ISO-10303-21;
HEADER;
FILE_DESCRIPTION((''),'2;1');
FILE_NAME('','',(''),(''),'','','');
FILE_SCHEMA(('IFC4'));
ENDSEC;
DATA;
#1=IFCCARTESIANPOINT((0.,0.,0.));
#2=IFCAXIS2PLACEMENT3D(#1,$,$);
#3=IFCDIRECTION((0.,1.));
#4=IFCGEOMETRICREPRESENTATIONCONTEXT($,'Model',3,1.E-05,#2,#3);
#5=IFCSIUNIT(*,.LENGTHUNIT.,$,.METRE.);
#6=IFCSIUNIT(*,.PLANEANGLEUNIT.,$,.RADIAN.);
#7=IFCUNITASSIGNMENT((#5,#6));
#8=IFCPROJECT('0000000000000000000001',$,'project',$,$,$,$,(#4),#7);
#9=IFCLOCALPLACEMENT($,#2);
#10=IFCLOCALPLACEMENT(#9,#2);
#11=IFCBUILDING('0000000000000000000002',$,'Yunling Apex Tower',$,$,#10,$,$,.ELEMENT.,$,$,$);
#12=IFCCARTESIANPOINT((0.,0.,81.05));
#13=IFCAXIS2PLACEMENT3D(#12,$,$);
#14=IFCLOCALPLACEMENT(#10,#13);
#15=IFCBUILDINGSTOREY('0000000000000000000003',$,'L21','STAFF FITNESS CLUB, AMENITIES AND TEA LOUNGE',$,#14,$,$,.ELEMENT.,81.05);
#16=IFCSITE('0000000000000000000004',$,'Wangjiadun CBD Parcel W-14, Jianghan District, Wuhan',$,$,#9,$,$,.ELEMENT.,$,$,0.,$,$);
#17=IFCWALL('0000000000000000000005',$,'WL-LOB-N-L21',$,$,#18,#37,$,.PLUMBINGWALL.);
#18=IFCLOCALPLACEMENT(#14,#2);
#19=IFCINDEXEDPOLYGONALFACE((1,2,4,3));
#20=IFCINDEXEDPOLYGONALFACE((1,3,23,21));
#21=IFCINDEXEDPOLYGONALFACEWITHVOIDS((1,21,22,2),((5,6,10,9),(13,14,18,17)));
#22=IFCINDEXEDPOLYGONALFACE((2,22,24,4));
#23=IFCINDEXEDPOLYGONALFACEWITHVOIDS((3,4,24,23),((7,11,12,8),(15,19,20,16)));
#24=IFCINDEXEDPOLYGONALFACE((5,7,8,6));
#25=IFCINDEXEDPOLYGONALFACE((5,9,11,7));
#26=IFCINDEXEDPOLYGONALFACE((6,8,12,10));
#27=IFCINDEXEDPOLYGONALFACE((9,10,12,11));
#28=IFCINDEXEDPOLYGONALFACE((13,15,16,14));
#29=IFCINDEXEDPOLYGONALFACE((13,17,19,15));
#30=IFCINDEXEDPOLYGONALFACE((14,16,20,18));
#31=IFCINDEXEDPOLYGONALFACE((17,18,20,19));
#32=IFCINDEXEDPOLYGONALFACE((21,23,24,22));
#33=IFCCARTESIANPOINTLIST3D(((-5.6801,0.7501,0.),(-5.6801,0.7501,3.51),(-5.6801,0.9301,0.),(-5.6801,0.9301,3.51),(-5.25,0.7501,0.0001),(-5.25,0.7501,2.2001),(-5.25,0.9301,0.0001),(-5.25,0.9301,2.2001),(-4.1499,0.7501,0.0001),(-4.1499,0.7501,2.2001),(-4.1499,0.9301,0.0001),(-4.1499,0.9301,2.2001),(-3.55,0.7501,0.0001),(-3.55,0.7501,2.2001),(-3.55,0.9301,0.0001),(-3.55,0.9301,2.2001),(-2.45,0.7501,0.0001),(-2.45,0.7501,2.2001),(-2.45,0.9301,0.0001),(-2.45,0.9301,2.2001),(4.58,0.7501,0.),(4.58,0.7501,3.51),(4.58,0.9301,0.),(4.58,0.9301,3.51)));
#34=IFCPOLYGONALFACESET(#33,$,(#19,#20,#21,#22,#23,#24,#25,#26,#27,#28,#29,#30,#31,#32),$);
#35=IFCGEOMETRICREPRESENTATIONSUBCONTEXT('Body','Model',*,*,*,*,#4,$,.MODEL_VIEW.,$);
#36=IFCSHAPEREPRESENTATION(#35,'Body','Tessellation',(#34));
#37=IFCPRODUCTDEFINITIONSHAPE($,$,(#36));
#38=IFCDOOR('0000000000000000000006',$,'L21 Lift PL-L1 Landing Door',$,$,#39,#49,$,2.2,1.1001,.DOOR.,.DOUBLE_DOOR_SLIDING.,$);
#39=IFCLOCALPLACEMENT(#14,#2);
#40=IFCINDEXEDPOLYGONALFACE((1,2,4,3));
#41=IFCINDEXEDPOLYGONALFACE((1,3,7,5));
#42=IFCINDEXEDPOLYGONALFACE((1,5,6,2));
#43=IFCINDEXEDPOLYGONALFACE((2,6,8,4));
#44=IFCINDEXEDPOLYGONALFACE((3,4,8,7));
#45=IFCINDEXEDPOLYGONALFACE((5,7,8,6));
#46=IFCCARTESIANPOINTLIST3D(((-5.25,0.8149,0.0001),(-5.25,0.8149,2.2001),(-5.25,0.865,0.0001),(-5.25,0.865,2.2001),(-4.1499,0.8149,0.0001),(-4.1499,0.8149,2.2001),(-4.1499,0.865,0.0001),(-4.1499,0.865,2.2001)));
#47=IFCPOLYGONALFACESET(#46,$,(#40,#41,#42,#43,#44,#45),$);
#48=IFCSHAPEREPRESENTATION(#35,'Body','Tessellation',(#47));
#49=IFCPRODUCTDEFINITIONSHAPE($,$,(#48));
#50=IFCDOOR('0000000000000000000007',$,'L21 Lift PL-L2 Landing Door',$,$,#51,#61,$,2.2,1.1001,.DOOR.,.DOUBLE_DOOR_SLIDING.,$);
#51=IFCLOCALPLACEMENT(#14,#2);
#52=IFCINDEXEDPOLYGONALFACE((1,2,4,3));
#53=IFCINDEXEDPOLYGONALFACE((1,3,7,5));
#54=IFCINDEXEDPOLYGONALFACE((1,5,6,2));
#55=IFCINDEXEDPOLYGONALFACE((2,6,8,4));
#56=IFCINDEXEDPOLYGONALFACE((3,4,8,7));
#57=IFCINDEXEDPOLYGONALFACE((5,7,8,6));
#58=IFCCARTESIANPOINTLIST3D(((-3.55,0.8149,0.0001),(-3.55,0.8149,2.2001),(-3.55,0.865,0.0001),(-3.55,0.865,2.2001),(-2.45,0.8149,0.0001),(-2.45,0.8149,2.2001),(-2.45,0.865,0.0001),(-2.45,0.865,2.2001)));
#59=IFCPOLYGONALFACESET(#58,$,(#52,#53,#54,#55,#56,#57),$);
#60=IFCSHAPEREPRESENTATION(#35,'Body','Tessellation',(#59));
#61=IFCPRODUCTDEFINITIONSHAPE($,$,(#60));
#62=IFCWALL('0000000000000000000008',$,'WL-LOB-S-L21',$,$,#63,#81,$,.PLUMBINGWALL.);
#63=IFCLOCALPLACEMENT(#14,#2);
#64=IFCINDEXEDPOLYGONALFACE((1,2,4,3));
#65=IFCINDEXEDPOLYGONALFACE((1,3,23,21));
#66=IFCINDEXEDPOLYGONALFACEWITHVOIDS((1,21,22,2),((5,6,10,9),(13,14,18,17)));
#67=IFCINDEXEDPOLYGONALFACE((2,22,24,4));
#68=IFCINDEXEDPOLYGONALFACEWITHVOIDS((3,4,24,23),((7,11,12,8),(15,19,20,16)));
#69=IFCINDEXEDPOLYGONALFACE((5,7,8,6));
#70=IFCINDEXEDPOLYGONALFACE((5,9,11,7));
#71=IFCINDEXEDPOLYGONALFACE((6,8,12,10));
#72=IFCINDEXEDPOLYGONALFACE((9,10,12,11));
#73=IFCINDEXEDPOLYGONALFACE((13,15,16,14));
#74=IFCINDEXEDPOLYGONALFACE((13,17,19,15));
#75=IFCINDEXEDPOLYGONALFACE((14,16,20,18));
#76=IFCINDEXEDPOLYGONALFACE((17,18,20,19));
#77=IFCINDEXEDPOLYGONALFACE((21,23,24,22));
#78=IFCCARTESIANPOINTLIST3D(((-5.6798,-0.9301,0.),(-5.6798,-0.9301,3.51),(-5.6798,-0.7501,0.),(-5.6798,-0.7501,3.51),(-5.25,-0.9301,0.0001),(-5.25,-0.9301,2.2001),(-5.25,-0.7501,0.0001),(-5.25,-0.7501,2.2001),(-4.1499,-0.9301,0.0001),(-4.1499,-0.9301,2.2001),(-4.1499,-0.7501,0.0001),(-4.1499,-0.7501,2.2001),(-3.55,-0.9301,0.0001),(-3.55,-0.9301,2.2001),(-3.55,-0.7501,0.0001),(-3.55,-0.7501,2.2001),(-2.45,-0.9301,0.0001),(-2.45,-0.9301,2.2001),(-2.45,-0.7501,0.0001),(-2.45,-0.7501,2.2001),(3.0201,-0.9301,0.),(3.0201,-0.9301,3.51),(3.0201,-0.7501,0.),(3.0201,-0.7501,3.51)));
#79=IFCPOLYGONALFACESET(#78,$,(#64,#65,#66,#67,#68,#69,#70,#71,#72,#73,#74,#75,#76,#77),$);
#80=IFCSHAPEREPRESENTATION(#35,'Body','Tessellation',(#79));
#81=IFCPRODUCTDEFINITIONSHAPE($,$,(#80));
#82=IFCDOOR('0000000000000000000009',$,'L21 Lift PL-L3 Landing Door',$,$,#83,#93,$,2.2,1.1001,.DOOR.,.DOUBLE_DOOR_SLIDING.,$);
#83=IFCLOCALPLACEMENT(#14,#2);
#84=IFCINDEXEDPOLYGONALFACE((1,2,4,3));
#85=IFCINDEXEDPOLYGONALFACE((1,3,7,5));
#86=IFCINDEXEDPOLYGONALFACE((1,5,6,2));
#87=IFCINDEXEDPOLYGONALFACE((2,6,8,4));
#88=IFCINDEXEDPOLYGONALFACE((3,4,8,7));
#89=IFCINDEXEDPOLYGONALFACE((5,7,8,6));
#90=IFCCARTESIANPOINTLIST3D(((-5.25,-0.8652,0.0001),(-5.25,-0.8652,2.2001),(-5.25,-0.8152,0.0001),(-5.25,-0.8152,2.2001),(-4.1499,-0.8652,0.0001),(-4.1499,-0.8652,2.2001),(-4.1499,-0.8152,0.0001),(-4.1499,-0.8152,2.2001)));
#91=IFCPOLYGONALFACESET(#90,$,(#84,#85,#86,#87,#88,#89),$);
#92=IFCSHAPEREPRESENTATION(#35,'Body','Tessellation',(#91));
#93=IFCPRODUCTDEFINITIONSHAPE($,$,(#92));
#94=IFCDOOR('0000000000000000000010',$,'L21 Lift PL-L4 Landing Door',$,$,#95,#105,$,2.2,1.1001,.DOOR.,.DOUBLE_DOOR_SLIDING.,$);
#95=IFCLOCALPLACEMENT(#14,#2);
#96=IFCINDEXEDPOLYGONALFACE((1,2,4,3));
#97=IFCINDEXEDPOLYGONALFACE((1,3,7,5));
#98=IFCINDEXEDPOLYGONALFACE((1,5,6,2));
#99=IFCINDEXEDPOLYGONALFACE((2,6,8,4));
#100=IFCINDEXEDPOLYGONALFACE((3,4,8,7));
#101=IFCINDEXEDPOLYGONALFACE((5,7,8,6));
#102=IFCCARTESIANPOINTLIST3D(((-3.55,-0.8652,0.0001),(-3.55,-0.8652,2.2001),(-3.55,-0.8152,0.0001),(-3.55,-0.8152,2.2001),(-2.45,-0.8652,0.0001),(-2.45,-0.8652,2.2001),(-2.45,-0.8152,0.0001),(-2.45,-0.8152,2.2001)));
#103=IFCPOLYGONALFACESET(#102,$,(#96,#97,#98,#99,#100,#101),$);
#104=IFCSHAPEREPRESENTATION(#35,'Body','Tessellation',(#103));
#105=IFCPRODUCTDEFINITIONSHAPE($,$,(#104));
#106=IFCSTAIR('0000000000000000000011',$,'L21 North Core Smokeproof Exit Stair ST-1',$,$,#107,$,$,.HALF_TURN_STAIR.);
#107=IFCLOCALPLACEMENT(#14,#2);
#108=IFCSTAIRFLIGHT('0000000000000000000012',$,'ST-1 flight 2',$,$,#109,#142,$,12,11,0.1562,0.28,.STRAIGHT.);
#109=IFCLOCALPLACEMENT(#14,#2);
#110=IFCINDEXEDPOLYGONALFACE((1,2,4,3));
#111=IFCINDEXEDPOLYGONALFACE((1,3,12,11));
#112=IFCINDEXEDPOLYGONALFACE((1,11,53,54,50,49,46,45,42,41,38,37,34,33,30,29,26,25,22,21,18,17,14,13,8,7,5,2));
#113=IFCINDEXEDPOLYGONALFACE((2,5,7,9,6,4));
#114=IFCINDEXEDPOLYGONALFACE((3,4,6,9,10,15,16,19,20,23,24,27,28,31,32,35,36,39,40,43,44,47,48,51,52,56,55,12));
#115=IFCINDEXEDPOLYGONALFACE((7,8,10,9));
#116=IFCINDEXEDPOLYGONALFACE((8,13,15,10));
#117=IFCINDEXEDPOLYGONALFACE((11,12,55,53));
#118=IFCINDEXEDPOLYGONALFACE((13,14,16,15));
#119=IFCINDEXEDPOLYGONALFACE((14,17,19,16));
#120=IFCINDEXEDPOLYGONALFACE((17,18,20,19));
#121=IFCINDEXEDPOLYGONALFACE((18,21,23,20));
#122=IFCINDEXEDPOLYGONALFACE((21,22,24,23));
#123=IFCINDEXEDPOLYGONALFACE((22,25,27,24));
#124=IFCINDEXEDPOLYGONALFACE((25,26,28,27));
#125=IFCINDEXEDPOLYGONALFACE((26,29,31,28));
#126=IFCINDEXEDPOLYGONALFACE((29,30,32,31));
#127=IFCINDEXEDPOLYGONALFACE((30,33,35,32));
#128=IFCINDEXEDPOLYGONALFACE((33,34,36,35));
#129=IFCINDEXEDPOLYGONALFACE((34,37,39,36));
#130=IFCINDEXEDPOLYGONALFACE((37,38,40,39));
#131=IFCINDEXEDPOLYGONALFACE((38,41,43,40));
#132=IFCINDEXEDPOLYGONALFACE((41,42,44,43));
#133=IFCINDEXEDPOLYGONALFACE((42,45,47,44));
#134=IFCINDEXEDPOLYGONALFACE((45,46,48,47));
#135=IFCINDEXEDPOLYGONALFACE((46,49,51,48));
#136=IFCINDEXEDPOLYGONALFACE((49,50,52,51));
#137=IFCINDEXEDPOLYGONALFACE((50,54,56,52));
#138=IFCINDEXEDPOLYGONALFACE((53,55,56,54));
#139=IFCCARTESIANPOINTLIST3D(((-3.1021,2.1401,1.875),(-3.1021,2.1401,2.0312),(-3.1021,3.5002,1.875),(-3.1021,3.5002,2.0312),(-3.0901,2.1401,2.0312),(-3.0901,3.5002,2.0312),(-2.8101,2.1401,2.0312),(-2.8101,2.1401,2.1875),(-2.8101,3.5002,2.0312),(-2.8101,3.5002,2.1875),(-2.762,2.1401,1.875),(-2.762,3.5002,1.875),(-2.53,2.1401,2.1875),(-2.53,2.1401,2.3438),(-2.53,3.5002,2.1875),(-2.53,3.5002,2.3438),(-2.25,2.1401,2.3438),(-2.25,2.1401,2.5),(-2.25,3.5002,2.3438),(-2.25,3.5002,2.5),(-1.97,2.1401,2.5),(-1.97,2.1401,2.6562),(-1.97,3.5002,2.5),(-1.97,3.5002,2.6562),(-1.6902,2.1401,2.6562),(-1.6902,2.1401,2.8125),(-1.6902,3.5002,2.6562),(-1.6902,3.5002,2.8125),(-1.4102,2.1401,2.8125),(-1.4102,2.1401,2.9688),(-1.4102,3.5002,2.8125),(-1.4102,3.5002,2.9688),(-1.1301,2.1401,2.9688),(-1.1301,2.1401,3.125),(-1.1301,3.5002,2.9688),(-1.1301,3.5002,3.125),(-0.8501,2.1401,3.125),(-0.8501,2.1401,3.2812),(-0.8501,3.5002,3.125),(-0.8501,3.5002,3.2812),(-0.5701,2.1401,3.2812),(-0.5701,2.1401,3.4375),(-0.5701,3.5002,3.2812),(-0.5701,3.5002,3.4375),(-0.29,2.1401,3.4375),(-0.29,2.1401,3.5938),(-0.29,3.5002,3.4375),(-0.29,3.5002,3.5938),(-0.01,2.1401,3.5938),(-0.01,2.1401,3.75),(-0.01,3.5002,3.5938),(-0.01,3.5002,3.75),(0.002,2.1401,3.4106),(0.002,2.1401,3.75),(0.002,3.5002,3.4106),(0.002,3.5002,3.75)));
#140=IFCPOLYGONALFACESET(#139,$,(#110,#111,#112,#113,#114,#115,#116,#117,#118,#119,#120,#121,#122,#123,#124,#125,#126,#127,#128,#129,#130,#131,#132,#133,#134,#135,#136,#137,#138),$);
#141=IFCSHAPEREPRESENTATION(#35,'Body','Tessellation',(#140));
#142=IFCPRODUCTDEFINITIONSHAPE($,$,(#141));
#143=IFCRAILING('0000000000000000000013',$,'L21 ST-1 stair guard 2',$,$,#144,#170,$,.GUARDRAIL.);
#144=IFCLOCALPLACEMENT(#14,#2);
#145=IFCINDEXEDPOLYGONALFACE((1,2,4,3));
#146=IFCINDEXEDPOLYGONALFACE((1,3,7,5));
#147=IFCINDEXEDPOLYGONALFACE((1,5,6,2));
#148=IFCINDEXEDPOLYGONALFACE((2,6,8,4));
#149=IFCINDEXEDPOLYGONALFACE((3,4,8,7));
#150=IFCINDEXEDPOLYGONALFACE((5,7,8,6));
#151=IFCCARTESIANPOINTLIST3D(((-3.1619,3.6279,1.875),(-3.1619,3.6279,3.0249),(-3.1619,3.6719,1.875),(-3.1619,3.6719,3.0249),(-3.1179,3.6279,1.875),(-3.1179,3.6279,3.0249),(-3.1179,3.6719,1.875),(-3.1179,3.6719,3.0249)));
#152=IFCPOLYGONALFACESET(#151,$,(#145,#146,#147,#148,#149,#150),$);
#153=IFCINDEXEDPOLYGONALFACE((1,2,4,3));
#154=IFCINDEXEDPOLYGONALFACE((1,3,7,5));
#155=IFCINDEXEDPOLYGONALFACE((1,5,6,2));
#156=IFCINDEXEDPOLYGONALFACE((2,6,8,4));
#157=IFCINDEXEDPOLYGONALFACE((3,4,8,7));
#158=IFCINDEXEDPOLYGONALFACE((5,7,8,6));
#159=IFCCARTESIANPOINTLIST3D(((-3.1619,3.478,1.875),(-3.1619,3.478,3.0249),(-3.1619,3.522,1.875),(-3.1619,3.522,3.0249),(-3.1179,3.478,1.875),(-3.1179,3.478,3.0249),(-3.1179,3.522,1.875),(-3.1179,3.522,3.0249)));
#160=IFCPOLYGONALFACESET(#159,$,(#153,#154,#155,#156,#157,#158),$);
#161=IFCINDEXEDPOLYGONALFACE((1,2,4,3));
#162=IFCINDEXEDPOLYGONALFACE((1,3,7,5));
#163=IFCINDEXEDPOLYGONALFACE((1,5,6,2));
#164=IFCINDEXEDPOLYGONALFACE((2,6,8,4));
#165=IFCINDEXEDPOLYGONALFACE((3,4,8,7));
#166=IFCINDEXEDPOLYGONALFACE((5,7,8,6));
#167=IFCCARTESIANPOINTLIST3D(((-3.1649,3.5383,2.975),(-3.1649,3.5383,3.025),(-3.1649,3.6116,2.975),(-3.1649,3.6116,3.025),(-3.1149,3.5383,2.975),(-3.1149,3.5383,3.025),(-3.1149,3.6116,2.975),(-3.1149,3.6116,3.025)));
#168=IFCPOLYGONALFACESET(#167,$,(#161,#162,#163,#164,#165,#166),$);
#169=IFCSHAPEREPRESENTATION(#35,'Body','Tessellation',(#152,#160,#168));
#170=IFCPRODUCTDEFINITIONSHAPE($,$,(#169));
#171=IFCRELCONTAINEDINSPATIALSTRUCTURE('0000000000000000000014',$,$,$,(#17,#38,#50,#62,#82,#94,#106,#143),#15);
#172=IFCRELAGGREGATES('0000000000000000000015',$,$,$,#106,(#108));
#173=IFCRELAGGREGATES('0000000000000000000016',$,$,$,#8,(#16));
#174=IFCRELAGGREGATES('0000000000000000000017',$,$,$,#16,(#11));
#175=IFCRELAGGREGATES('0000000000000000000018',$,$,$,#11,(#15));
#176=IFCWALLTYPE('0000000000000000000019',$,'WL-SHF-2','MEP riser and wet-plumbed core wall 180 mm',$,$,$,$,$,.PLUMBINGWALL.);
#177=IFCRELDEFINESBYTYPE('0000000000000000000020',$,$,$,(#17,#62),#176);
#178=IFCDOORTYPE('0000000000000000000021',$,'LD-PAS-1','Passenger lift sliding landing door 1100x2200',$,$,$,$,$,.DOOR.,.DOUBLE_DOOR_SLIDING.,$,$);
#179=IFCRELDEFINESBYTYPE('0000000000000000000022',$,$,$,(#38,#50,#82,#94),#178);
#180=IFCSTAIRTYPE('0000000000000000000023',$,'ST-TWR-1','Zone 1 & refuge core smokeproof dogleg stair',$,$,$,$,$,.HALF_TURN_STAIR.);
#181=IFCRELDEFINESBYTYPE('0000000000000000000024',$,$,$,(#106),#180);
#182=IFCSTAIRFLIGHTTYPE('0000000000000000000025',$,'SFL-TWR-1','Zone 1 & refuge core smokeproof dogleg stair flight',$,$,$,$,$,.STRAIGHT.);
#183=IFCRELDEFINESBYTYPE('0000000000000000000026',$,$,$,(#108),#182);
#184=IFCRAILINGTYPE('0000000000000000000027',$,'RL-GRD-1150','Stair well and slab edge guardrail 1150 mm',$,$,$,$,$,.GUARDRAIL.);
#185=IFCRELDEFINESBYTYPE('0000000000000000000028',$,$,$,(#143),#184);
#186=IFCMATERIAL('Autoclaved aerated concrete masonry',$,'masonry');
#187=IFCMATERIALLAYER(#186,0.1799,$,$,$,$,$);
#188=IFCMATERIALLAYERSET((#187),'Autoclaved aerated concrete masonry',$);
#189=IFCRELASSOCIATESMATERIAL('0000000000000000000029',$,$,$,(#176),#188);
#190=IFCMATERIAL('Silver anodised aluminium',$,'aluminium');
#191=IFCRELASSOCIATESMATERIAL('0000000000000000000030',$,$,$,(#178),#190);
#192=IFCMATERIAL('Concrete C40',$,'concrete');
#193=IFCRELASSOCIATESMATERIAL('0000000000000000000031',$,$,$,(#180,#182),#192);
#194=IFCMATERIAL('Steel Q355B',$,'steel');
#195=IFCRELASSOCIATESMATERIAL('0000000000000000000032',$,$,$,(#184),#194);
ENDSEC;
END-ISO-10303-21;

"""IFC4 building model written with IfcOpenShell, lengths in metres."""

from ifc_helpers import new_model, si_unit, direction, frame, frame_2d, origin, origin_2d, place, context, subcontext, project, spatial, polyline, rectangle, outline, extrude, material, layer, layer_set, type_object, element, fill, aggregate, save


model = new_model("IFC4")

# Units and contexts
model_context = context("Model", 3, precision=1e-05, world=origin(), true_north=direction((0.0, 1.0)))
body_context = subcontext(model_context, "Body", "Model", "MODEL_VIEW")
ifc_project = project(units=[si_unit("LENGTHUNIT", "METRE"), si_unit("PLANEANGLEUNIT", "RADIAN")], contexts=[model_context])

# Site, building, storey
site_placement = place(None, origin())
site = spatial("IfcSite", under=ifc_project, at=site_placement, Name="Wangjiadun CBD Parcel W-14, Jianghan District, Wuhan", CompositionType="ELEMENT", RefElevation=0.0)
building_placement = place(site_placement, origin())
building = spatial("IfcBuilding", under=site, at=building_placement, Name="Yunling Apex Tower", CompositionType="ELEMENT")
storey_placement = place(building_placement, frame((0.0, 0.0, 81.05)))
storey = spatial("IfcBuildingStorey", under=building, at=storey_placement, Name="L21", Description="STAFF FITNESS CLUB, AMENITIES AND TEA LOUNGE", CompositionType="ELEMENT", Elevation=81.05)

# Shared definitions
ifc_material_1 = material(Name="Steel Q355B", Category="steel")

# Shared definitions
ifc_material_2 = material(Name="Concrete C40", Category="concrete")

# Shared definitions
ifc_material_3 = material(Name="Autoclaved aerated concrete masonry", Category="masonry")

# Shared definitions
ifc_layer_1 = layer(ifc_material_3, 0.1799)
ifc_layer_set_1 = layer_set([ifc_layer_1], Name="Autoclaved aerated concrete masonry")
wall_type_1 = type_object("IfcWallType", Name="WL-SHF-2", Description="MEP riser and wet-plumbed core wall 180 mm", PredefinedType="PLUMBINGWALL", material=ifc_layer_set_1)

# Walls, openings, doors
wall_1_placement = place(storey_placement, frame((-5.6799, 0.8401, 0.0), z_axis=(0.0, 0.0, 1.0), x_axis=(1.0, 0.0, 0.0)))
wall_1 = element("IfcWall", 1, at=wall_1_placement, inside=storey, type_object=wall_type_1, Name="WL-LOB-N-L21", PredefinedType="PLUMBINGWALL", context=body_context, shape_type="SweptSolid", body=[
    extrude(rectangle(XDim=10.26, YDim=0.1799, at=frame_2d((5.1299, 0.0))), origin(), (0.0, 0.0, 1.0), 3.51),
])
opening_1_placement = place(wall_1_placement, frame((0.4299, 0.0, 0.0)))
opening_1 = element("IfcOpeningElement", 2, at=opening_1_placement, cuts=wall_1, PredefinedType="OPENING", context=body_context, shape_type="SweptSolid", body=[
    extrude(rectangle(XDim=1.1001, YDim=2.2, at=frame_2d((0.55, 1.1001))), frame((0.0, 0.1001, 0.0), z_axis=(0.0, -1.0, 0.0), x_axis=(1.0, 0.0, 0.0)), (0.0, 0.0, 1.0), 0.2),
])
opening_2_placement = place(wall_1_placement, frame((2.1299, 0.0, 0.0)))
opening_2 = element("IfcOpeningElement", 3, at=opening_2_placement, cuts=wall_1, PredefinedType="OPENING", context=body_context, shape_type="SweptSolid", body=[
    extrude(rectangle(XDim=1.1001, YDim=2.2, at=frame_2d((0.55, 1.1001))), frame((0.0, 0.1001, 0.0), z_axis=(0.0, -1.0, 0.0), x_axis=(1.0, 0.0, 0.0)), (0.0, 0.0, 1.0), 0.2),
])
ifc_material_4 = material(Name="Silver anodised aluminium", Category="aluminium")
door_type_1 = type_object("IfcDoorType", Name="LD-PAS-1", Description="Passenger lift sliding landing door 1100x2200", OperationType="DOUBLE_DOOR_SLIDING", PredefinedType="DOOR", material=ifc_material_4)
door_1_placement = place(opening_1_placement, origin())
door_1 = element("IfcDoor", 4, at=door_1_placement, inside=storey, type_object=door_type_1, Name="L21 Lift PL-L1 Landing Door", OperationType="DOUBLE_DOOR_SLIDING", OverallHeight=2.2, OverallWidth=1.1001, PredefinedType="DOOR", context=body_context, shape_type="SweptSolid", body=[
    extrude(rectangle(XDim=1.1001, YDim=2.2, at=frame_2d((0.55, 1.1001))), frame((0.0, 0.0249, 0.0), z_axis=(0.0, -1.0, 0.0), x_axis=(1.0, 0.0, 0.0)), (0.0, 0.0, 1.0), 0.05),
])
fill(opening_1, door_1)
door_2_placement = place(opening_2_placement, origin())
door_2 = element("IfcDoor", 5, at=door_2_placement, inside=storey, type_object=door_type_1, Name="L21 Lift PL-L2 Landing Door", OperationType="DOUBLE_DOOR_SLIDING", OverallHeight=2.2, OverallWidth=1.1001, PredefinedType="DOOR", context=body_context, shape_type="SweptSolid", body=[
    extrude(rectangle(XDim=1.1001, YDim=2.2, at=frame_2d((0.55, 1.1001))), frame((0.0, 0.0249, 0.0), z_axis=(0.0, -1.0, 0.0), x_axis=(1.0, 0.0, 0.0)), (0.0, 0.0, 1.0), 0.05),
])
fill(opening_2, door_2)
wall_2_placement = place(storey_placement, frame((-5.6799, -0.8401, 0.0), z_axis=(0.0, 0.0, 1.0), x_axis=(1.0, 0.0, 0.0)))
wall_2 = element("IfcWall", 6, at=wall_2_placement, inside=storey, type_object=wall_type_1, Name="WL-LOB-S-L21", PredefinedType="PLUMBINGWALL", context=body_context, shape_type="SweptSolid", body=[
    extrude(rectangle(XDim=8.7, YDim=0.1799, at=frame_2d((4.3501, 0.0))), origin(), (0.0, 0.0, 1.0), 3.51),
])
opening_3_placement = place(wall_2_placement, frame((0.4299, 0.0, 0.0)))
opening_3 = element("IfcOpeningElement", 7, at=opening_3_placement, cuts=wall_2, PredefinedType="OPENING", context=body_context, shape_type="SweptSolid", body=[
    extrude(rectangle(XDim=1.1001, YDim=2.2, at=frame_2d((0.55, 1.1001))), frame((0.0, 0.1001, 0.0), z_axis=(0.0, -1.0, 0.0), x_axis=(1.0, 0.0, 0.0)), (0.0, 0.0, 1.0), 0.2),
])
opening_4_placement = place(wall_2_placement, frame((2.1299, 0.0, 0.0)))
opening_4 = element("IfcOpeningElement", 8, at=opening_4_placement, cuts=wall_2, PredefinedType="OPENING", context=body_context, shape_type="SweptSolid", body=[
    extrude(rectangle(XDim=1.1001, YDim=2.2, at=frame_2d((0.55, 1.1001))), frame((0.0, 0.1001, 0.0), z_axis=(0.0, -1.0, 0.0), x_axis=(1.0, 0.0, 0.0)), (0.0, 0.0, 1.0), 0.2),
])
door_3_placement = place(opening_3_placement, origin())
door_3 = element("IfcDoor", 9, at=door_3_placement, inside=storey, type_object=door_type_1, Name="L21 Lift PL-L3 Landing Door", OperationType="DOUBLE_DOOR_SLIDING", OverallHeight=2.2, OverallWidth=1.1001, PredefinedType="DOOR", context=body_context, shape_type="SweptSolid", body=[
    extrude(rectangle(XDim=1.1001, YDim=2.2, at=frame_2d((0.55, 1.1001))), frame((0.0, 0.0249, 0.0), z_axis=(0.0, -1.0, 0.0), x_axis=(1.0, 0.0, 0.0)), (0.0, 0.0, 1.0), 0.05),
])
fill(opening_3, door_3)
door_4_placement = place(opening_4_placement, origin())
door_4 = element("IfcDoor", 10, at=door_4_placement, inside=storey, type_object=door_type_1, Name="L21 Lift PL-L4 Landing Door", OperationType="DOUBLE_DOOR_SLIDING", OverallHeight=2.2, OverallWidth=1.1001, PredefinedType="DOOR", context=body_context, shape_type="SweptSolid", body=[
    extrude(rectangle(XDim=1.1001, YDim=2.2, at=frame_2d((0.55, 1.1001))), frame((0.0, 0.0249, 0.0), z_axis=(0.0, -1.0, 0.0), x_axis=(1.0, 0.0, 0.0)), (0.0, 0.0, 1.0), 0.05),
])
fill(opening_4, door_4)

# Stair, stair flight
stair_type = type_object("IfcStairType", Name="ST-TWR-1", Description="Zone 1 & refuge core smokeproof dogleg stair", PredefinedType="HALF_TURN_STAIR", material=ifc_material_2)
stair_placement = place(storey_placement, origin())
stair = element("IfcStair", 11, at=stair_placement, inside=storey, type_object=stair_type, Name="L21 North Core Smokeproof Exit Stair ST-1", PredefinedType="HALF_TURN_STAIR")
stair_flight_type = type_object("IfcStairFlightType", Name="SFL-TWR-1", Description="Zone 1 & refuge core smokeproof dogleg stair flight", PredefinedType="STRAIGHT", material=ifc_material_2)
stair_flight_placement = place(storey_placement, frame((-3.0901, 2.8201, 1.875), z_axis=(0.0, 0.0, 1.0), x_axis=(1.0, 0.0, 0.0)))
stair_flight = element("IfcStairFlight", 12, at=stair_flight_placement, type_object=stair_flight_type, Name="ST-1 flight 2", NumberOfRisers=12, NumberOfTreads=11, PredefinedType="STRAIGHT", RiserHeight=0.1562, TreadLength=0.28, context=body_context, shape_type="SweptSolid", body=[
    extrude(outline(polyline([(-0.012, 0.0), (-0.012, 0.1562), (0.0, 0.1562), (0.28, 0.1562), (0.28, 0.3125), (0.5601, 0.3125), (0.5601, 0.4688), (0.8401, 0.4688), (0.8401, 0.625), (1.1201, 0.625), (1.1201, 0.7812), (1.3999, 0.7812), (1.3999, 0.9375), (1.6799, 0.9375), (1.6799, 1.0938), (1.96, 1.0938), (1.96, 1.25), (2.24, 1.25), (2.24, 1.4062), (2.52, 1.4062), (2.52, 1.5625), (2.8, 1.5625), (2.8, 1.7188), (3.0801, 1.7188), (3.0801, 1.875), (3.092, 1.875), (3.092, 1.5356), (0.3281, 0.0), (-0.012, 0.0)])), frame((0.0, 0.6802, 0.0), z_axis=(0.0, -1.0, 0.0), x_axis=(1.0, 0.0, 0.0)), (0.0, 0.0, 1.0), 1.3601),
])
aggregate(stair, [stair_flight])

# Railing
railing_type_1 = type_object("IfcRailingType", Name="RL-GRD-1150", Description="Stair well and slab edge guardrail 1150 mm", PredefinedType="GUARDRAIL", material=ifc_material_1)
railing_1_placement = place(storey_placement, frame((-3.1399, 3.6499, 1.875)))
element("IfcRailing", 13, at=railing_1_placement, inside=storey, type_object=railing_type_1, Name="L21 ST-1 stair guard 2", PredefinedType="GUARDRAIL", context=body_context, shape_type="SweptSolid", body=[
    extrude(rectangle(XDim=0.0439, YDim=0.0439, at=origin_2d()), origin(), (0.0, 0.0, 1.0), 1.1499),
    extrude(rectangle(XDim=0.0439, YDim=0.0439, at=origin_2d()), frame((0.0, -0.1499, 0.0)), (0.0, 0.0, 1.0), 1.1499),
    extrude(rectangle(XDim=0.05, YDim=0.05, at=origin_2d()), frame((0.0, -0.0383, 1.125), z_axis=(0.0, -1.0, 0.0), x_axis=(1.0, 0.0, 0.0)), (0.0, 0.0, 1.0), 0.0732),
])

save(model, "model.ifc")
